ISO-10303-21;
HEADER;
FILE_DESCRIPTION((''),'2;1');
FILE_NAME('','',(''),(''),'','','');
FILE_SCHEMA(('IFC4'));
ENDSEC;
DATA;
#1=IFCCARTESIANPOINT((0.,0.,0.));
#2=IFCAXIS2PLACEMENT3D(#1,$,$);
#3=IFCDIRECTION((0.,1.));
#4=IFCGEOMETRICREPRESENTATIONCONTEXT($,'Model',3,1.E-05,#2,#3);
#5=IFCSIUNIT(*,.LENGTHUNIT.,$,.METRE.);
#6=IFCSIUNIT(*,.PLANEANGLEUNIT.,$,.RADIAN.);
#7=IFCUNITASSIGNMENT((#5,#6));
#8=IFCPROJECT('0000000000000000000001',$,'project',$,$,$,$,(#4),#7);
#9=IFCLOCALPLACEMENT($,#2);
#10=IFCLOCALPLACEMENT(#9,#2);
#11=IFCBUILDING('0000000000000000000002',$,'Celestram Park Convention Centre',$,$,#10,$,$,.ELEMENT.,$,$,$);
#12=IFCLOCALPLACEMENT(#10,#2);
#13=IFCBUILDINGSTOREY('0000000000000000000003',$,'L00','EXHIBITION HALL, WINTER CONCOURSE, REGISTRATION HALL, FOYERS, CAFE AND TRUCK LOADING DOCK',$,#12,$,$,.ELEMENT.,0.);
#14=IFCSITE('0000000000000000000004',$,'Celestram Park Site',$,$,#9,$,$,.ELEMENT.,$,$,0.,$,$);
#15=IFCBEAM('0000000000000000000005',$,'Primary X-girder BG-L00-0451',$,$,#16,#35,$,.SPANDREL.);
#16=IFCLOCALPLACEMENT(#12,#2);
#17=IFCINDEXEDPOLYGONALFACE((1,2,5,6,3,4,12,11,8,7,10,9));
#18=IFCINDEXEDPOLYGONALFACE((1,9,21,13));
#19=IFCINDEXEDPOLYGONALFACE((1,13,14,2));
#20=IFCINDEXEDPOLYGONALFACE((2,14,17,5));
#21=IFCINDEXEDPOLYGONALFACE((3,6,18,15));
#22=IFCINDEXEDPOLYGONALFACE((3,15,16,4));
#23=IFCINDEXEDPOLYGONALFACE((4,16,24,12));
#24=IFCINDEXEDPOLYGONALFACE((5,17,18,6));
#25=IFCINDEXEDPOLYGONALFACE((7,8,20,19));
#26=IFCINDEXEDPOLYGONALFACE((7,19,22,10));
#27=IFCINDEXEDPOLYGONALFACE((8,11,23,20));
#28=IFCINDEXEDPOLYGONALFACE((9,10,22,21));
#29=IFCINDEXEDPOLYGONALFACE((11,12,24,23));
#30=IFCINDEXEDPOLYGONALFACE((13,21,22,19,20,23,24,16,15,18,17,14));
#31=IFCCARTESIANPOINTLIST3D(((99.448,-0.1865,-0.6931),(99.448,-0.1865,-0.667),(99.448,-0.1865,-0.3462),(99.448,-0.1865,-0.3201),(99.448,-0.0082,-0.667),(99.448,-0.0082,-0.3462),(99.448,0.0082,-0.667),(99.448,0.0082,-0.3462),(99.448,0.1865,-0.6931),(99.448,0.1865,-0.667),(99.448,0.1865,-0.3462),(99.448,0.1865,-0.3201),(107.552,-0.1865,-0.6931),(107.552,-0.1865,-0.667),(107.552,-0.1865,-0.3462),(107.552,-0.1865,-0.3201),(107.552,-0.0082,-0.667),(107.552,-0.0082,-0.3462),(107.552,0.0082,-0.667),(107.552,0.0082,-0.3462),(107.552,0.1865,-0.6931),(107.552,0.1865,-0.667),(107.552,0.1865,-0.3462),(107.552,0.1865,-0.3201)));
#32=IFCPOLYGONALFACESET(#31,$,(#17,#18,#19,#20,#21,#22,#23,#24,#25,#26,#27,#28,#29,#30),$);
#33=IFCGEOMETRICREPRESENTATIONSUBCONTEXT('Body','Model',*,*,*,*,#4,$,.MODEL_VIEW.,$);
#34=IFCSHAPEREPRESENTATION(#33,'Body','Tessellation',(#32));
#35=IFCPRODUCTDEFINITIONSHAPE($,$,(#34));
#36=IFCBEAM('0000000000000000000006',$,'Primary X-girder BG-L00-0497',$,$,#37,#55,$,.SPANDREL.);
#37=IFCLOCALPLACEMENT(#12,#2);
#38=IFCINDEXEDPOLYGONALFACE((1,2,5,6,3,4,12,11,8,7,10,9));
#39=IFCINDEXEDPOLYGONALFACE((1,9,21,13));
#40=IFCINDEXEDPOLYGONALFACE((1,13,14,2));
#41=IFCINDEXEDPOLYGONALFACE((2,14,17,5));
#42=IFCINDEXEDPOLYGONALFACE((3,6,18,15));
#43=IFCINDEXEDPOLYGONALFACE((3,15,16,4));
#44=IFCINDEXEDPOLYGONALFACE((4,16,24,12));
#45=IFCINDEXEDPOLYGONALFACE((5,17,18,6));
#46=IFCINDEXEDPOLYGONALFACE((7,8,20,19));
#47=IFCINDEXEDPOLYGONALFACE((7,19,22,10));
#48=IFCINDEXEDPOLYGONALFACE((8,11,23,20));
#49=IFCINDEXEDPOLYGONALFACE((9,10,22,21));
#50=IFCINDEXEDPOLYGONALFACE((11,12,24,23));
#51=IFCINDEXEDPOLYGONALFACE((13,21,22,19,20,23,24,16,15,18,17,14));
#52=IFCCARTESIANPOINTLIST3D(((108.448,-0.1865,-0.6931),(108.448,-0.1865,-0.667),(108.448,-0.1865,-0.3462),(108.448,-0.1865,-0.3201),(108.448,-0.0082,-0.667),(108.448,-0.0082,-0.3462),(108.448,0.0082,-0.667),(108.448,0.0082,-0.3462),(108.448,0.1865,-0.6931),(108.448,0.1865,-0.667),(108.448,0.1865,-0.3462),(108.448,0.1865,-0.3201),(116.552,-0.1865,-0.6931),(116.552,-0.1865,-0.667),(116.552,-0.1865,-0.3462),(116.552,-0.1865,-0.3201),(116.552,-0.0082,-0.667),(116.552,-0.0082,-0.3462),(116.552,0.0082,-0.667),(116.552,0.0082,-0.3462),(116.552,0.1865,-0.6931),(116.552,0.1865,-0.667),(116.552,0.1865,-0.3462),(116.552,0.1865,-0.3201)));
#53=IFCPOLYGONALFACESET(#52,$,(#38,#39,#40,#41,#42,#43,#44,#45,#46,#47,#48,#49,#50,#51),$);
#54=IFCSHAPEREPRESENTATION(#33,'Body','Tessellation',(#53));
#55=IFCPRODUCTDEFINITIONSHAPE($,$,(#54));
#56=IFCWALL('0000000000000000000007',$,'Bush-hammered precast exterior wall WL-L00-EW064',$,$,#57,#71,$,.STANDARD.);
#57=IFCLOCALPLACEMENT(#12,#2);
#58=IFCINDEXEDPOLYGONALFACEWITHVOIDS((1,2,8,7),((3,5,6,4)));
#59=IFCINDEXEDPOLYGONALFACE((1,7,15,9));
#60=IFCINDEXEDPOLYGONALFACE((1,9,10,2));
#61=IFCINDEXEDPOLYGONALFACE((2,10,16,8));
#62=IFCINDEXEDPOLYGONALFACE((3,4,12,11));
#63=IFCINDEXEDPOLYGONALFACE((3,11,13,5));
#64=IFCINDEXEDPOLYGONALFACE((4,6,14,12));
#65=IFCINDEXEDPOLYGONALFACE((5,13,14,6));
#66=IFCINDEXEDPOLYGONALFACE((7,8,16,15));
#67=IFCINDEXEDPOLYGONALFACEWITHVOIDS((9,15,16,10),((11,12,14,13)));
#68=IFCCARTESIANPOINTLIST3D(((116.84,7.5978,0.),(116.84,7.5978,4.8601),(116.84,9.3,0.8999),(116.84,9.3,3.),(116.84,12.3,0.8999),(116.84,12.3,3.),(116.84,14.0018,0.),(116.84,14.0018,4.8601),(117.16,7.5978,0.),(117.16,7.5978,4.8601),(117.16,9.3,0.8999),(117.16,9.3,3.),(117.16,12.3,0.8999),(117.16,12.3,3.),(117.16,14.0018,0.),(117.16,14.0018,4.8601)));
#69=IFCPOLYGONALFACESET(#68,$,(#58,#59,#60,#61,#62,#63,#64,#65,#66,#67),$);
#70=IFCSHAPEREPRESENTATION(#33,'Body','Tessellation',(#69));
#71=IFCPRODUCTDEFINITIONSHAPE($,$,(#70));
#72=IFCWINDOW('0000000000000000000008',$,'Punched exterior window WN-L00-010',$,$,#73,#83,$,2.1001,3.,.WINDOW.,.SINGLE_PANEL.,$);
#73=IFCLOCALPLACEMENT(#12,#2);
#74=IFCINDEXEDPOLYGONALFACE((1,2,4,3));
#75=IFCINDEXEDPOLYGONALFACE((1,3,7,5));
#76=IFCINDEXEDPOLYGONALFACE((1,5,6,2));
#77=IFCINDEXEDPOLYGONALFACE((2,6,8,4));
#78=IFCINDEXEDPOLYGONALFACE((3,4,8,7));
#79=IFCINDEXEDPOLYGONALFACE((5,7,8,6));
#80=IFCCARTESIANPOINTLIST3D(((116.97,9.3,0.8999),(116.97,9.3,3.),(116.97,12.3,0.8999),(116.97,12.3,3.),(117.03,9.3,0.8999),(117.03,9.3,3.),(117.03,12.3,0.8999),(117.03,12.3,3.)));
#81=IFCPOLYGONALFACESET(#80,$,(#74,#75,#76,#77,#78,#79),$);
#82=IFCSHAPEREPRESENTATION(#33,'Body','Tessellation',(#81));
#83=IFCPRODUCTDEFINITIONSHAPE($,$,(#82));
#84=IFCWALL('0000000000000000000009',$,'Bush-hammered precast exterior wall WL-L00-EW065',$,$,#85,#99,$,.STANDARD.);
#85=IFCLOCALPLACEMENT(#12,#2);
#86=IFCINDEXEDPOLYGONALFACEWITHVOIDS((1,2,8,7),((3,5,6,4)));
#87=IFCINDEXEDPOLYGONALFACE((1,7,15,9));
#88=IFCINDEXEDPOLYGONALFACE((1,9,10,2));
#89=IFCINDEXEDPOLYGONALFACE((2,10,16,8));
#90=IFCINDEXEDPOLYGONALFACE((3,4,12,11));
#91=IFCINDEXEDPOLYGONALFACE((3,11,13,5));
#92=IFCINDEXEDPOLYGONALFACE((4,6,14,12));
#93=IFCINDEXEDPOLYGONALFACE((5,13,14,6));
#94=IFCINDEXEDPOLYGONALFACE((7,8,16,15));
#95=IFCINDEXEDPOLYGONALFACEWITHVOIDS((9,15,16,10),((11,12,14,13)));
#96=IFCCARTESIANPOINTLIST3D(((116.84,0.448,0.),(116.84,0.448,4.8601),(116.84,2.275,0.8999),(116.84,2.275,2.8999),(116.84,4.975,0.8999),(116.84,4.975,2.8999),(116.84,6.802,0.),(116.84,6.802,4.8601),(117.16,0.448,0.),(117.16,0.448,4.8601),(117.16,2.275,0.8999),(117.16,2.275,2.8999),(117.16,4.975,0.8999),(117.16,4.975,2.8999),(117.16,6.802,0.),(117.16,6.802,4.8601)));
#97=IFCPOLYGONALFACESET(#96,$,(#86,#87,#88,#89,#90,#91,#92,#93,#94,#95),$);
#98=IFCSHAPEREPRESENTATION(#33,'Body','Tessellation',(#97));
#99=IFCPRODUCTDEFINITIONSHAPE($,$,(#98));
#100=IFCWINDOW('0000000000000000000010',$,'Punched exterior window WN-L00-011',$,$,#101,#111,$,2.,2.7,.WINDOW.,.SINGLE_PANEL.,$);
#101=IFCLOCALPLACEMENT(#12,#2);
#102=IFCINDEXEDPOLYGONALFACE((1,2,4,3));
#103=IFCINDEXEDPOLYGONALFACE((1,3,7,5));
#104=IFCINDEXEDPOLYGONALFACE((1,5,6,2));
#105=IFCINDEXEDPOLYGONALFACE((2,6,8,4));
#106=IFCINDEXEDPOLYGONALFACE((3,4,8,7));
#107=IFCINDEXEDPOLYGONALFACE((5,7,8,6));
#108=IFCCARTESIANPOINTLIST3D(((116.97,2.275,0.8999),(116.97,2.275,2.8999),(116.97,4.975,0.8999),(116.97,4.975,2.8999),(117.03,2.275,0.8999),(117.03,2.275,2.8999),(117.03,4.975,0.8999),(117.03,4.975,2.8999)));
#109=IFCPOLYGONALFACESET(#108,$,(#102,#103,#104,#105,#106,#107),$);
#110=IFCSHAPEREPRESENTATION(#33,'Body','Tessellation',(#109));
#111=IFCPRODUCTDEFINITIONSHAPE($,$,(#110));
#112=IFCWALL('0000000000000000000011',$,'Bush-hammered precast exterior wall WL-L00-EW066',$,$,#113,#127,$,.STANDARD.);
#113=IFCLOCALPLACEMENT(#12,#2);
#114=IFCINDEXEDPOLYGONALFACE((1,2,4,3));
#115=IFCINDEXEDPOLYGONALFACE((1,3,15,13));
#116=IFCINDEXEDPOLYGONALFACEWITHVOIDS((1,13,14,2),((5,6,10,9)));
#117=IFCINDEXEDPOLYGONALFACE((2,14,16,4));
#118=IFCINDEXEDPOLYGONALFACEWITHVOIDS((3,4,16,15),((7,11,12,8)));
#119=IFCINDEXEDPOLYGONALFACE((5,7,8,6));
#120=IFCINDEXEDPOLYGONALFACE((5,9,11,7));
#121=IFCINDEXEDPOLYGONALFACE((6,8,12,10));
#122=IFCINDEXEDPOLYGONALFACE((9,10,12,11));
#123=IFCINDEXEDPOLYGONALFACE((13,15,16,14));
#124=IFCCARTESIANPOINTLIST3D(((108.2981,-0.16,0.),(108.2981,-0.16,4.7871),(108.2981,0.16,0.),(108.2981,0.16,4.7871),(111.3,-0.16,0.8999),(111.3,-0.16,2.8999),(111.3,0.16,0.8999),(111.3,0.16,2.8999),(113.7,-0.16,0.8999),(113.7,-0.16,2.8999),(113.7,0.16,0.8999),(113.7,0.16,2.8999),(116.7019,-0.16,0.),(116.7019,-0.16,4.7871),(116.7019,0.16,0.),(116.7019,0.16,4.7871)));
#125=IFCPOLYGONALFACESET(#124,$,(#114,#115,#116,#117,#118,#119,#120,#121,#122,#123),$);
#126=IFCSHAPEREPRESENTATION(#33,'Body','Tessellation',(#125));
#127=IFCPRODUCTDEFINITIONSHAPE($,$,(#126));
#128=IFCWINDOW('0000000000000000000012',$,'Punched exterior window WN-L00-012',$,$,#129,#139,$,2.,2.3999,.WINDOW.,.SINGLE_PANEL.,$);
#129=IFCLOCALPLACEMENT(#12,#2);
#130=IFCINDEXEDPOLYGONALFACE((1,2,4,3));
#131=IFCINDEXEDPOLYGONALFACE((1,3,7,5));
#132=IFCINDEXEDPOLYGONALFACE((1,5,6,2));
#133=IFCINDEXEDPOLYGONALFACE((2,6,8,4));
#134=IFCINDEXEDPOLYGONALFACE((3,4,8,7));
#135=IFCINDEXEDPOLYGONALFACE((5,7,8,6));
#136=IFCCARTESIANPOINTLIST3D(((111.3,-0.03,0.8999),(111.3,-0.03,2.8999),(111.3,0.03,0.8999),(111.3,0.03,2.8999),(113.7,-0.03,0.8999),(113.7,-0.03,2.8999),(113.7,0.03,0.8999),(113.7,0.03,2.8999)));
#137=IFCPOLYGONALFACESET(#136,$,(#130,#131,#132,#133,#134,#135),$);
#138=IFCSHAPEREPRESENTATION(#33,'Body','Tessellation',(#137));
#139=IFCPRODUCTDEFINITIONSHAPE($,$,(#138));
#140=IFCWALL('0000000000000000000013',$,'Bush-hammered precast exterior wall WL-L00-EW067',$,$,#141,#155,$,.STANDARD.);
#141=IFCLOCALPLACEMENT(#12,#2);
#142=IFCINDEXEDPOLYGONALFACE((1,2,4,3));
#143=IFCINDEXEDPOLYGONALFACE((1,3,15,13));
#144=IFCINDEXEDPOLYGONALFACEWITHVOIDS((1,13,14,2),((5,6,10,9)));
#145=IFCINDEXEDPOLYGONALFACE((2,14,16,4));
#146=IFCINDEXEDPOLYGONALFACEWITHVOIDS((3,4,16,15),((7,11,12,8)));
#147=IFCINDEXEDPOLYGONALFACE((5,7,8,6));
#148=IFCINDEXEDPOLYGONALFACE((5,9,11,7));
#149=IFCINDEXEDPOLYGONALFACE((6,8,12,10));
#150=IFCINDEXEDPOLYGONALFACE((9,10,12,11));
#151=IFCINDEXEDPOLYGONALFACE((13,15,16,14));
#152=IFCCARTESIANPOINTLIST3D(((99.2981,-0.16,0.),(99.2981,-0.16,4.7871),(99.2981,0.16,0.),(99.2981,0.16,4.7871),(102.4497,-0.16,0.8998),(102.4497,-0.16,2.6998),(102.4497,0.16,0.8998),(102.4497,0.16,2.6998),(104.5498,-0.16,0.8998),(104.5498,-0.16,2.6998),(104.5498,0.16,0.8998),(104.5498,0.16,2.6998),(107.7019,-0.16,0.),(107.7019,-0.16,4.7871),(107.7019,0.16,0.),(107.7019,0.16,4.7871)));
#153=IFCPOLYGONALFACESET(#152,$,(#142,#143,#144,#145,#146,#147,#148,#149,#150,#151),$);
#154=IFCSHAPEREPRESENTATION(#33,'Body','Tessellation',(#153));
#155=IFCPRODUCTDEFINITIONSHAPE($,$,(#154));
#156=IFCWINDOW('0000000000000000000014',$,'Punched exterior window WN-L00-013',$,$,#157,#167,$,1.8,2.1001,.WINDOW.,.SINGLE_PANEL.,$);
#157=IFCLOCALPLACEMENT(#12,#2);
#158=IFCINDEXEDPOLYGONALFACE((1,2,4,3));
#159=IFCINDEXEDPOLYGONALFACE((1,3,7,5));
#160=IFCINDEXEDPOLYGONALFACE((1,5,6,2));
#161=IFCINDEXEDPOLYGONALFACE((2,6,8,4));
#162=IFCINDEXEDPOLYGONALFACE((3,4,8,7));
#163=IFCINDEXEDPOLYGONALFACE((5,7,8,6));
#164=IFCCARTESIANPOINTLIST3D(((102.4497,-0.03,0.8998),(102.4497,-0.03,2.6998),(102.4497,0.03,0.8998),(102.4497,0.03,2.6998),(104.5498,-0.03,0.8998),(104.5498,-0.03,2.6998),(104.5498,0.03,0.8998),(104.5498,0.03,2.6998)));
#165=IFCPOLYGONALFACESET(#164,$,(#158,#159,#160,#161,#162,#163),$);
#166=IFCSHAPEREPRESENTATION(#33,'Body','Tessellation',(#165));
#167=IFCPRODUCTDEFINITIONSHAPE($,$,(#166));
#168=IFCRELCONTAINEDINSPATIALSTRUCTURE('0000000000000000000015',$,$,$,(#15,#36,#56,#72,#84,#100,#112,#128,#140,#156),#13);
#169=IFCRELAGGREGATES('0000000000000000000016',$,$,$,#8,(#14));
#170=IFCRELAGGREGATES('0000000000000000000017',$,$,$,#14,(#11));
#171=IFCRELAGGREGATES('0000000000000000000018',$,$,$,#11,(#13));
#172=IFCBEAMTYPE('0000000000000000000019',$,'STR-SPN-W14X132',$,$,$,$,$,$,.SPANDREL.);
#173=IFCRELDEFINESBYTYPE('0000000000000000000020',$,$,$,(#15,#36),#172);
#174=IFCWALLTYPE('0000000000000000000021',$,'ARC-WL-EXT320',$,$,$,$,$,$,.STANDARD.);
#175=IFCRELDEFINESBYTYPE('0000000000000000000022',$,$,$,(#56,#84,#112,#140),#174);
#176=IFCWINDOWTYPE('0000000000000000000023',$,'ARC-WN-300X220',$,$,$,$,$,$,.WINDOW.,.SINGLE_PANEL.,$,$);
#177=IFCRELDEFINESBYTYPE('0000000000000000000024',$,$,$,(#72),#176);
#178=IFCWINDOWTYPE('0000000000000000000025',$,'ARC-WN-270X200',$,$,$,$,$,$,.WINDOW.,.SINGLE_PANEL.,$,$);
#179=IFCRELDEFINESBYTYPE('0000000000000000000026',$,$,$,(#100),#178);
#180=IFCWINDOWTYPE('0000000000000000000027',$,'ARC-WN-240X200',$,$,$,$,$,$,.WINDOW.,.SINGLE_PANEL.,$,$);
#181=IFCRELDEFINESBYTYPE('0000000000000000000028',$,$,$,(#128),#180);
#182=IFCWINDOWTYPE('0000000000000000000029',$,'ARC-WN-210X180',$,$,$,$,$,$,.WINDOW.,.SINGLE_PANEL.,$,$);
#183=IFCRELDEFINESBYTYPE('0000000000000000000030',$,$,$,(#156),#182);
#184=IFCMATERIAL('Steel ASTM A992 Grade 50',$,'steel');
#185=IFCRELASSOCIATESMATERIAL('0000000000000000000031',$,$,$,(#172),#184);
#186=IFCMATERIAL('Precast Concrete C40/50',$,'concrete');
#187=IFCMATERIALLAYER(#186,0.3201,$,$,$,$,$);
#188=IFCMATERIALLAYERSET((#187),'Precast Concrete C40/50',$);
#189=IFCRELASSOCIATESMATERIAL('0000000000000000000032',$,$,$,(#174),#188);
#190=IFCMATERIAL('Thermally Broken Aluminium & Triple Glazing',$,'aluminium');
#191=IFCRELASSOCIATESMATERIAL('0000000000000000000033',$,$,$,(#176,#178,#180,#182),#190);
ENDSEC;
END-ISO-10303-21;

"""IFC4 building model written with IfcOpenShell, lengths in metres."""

from ifc_helpers import new_model, si_unit, direction, frame, frame_2d, origin, origin_2d, place, context, subcontext, project, spatial, rectangle, i_section, extrude, material, layer, layer_set, material_profile, profile_set, type_object, element, fill, save


model = new_model("IFC4")

# Units and contexts
model_context = context("Model", 3, precision=1e-05, world=origin(), true_north=direction((0.0, 1.0)))
body_context = subcontext(model_context, "Body", "Model", "MODEL_VIEW")
ifc_project = project(units=[si_unit("LENGTHUNIT", "METRE"), si_unit("PLANEANGLEUNIT", "RADIAN")], contexts=[model_context])

# Site, building, storey
site_placement = place(None, origin())
site = spatial("IfcSite", under=ifc_project, at=site_placement, Name="Celestram Park Site", CompositionType="ELEMENT", RefElevation=0.0)
building_placement = place(site_placement, origin())
building = spatial("IfcBuilding", under=site, at=building_placement, Name="Celestram Park Convention Centre", CompositionType="ELEMENT")
storey_placement = place(building_placement, origin())
storey = spatial("IfcBuildingStorey", under=building, at=storey_placement, Name="L00", Description="EXHIBITION HALL, WINTER CONCOURSE, REGISTRATION HALL, FOYERS, CAFE AND TRUCK LOADING DOCK", CompositionType="ELEMENT", Elevation=0.0)

# Beams
ifc_material_1 = material(Name="Steel ASTM A992 Grade 50", Category="steel")
ifc_material_profile_1 = material_profile(ifc_material_1, i_section(OverallWidth=0.373, OverallDepth=0.373, WebThickness=0.0164, FlangeThickness=0.0261, at=origin_2d()), Name="W14X132")
ifc_profile_set_1 = profile_set([ifc_material_profile_1], Name="Steel ASTM A992 Grade 50")
beam_type_1 = type_object("IfcBeamType", Name="STR-SPN-W14X132", PredefinedType="SPANDREL", material=ifc_profile_set_1)
for number, where, z_axis, x_axis, name in (
    (1, (99.448, 0.0, -0.5066), (1.0, 0.0, 0.0), (0.0, 1.0, 0.0), "Primary X-girder BG-L00-0451"),
    (2, (108.448, 0.0, -0.5066), (1.0, 0.0, 0.0), (0.0, 1.0, 0.0), "Primary X-girder BG-L00-0497"),
):
    element("IfcBeam", number, at=place(storey_placement, frame(where, z_axis=z_axis, x_axis=x_axis)), inside=storey, type_object=beam_type_1, Name=name, PredefinedType="SPANDREL", context=body_context, shape_type="SweptSolid", body=[
        extrude(i_section(OverallWidth=0.373, OverallDepth=0.373, WebThickness=0.0164, FlangeThickness=0.0261, at=origin_2d()), origin(), (0.0, 0.0, 1.0), 8.104),
    ])

# Walls, openings, windows
ifc_material_2 = material(Name="Precast Concrete C40/50", Category="concrete")
ifc_layer = layer(ifc_material_2, 0.3201)
ifc_layer_set = layer_set([ifc_layer], Name="Precast Concrete C40/50")
wall_type = type_object("IfcWallType", Name="ARC-WL-EXT320", PredefinedType="STANDARD", material=ifc_layer_set)
wall_1_placement = place(storey_placement, frame((117.0, 14.002, 0.0), z_axis=(0.0, 0.0, 1.0), x_axis=(0.0, -1.0, 0.0)))
wall_1 = element("IfcWall", 3, at=wall_1_placement, inside=storey, type_object=wall_type, Name="Bush-hammered precast exterior wall WL-L00-EW064", PredefinedType="STANDARD", context=body_context, shape_type="SweptSolid", body=[
    extrude(rectangle(XDim=6.4041, YDim=0.3201, at=frame_2d((3.2021, 0.0))), origin(), (0.0, 0.0, 1.0), 4.8601),
])
opening_1_placement = place(wall_1_placement, frame((1.7019, 0.0, 0.8999)))
opening_1 = element("IfcOpeningElement", 4, at=opening_1_placement, cuts=wall_1, PredefinedType="OPENING", context=body_context, shape_type="SweptSolid", body=[
    extrude(rectangle(XDim=3.0, YDim=2.1001, at=frame_2d((1.5, 1.05))), frame((0.0, 0.1699, 0.0), z_axis=(0.0, -1.0, 0.0), x_axis=(1.0, 0.0, 0.0)), (0.0, 0.0, 1.0), 0.3401),
])
ifc_material_3 = material(Name="Thermally Broken Aluminium & Triple Glazing", Category="aluminium")
window_type_1 = type_object("IfcWindowType", Name="ARC-WN-300X220", PartitioningType="SINGLE_PANEL", PredefinedType="WINDOW", material=ifc_material_3)
window_1_placement = place(opening_1_placement, origin())
window_1 = element("IfcWindow", 5, at=window_1_placement, inside=storey, type_object=window_type_1, Name="Punched exterior window WN-L00-010", OverallHeight=2.1001, OverallWidth=3.0, PartitioningType="SINGLE_PANEL", PredefinedType="WINDOW", context=body_context, shape_type="SweptSolid", body=[
    extrude(rectangle(XDim=3.0, YDim=2.1001, at=frame_2d((1.5, 1.05))), frame((0.0, 0.03, 0.0), z_axis=(0.0, -1.0, 0.0), x_axis=(1.0, 0.0, 0.0)), (0.0, 0.0, 1.0), 0.0601),
])
fill(opening_1, window_1)
wall_2_placement = place(storey_placement, frame((117.0, 6.802, 0.0), z_axis=(0.0, 0.0, 1.0), x_axis=(0.0, -1.0, 0.0)))
wall_2 = element("IfcWall", 6, at=wall_2_placement, inside=storey, type_object=wall_type, Name="Bush-hammered precast exterior wall WL-L00-EW065", PredefinedType="STANDARD", context=body_context, shape_type="SweptSolid", body=[
    extrude(rectangle(XDim=6.354, YDim=0.3201, at=frame_2d((3.177, 0.0))), origin(), (0.0, 0.0, 1.0), 4.8601),
])
opening_2_placement = place(wall_2_placement, frame((1.8269, 0.0, 0.8999)))
opening_2 = element("IfcOpeningElement", 7, at=opening_2_placement, cuts=wall_2, PredefinedType="OPENING", context=body_context, shape_type="SweptSolid", body=[
    extrude(rectangle(XDim=2.7, YDim=2.0, at=frame_2d((1.3501, 1.0))), frame((0.0, 0.1699, 0.0), z_axis=(0.0, -1.0, 0.0), x_axis=(1.0, 0.0, 0.0)), (0.0, 0.0, 1.0), 0.3401),
])
window_type_2 = type_object("IfcWindowType", Name="ARC-WN-270X200", PartitioningType="SINGLE_PANEL", PredefinedType="WINDOW", material=ifc_material_3)
window_2_placement = place(opening_2_placement, origin())
window_2 = element("IfcWindow", 8, at=window_2_placement, inside=storey, type_object=window_type_2, Name="Punched exterior window WN-L00-011", OverallHeight=2.0, OverallWidth=2.7, PartitioningType="SINGLE_PANEL", PredefinedType="WINDOW", context=body_context, shape_type="SweptSolid", body=[
    extrude(rectangle(XDim=2.7, YDim=2.0, at=frame_2d((1.3501, 1.0))), frame((0.0, 0.03, 0.0), z_axis=(0.0, -1.0, 0.0), x_axis=(1.0, 0.0, 0.0)), (0.0, 0.0, 1.0), 0.0601),
])
fill(opening_2, window_2)
wall_3_placement = place(storey_placement, frame((116.7019, 0.0, 0.0), z_axis=(0.0, 0.0, 1.0), x_axis=(-1.0, 0.0, 0.0)))
wall_3 = element("IfcWall", 9, at=wall_3_placement, inside=storey, type_object=wall_type, Name="Bush-hammered precast exterior wall WL-L00-EW066", PredefinedType="STANDARD", context=body_context, shape_type="SweptSolid", body=[
    extrude(rectangle(XDim=8.4038, YDim=0.3201, at=frame_2d((4.2019, 0.0))), origin(), (0.0, 0.0, 1.0), 4.7871),
])
opening_3_placement = place(wall_3_placement, frame((3.002, 0.0, 0.8999)))
opening_3 = element("IfcOpeningElement", 10, at=opening_3_placement, cuts=wall_3, PredefinedType="OPENING", context=body_context, shape_type="SweptSolid", body=[
    extrude(rectangle(XDim=2.3999, YDim=2.0, at=frame_2d((1.2, 1.0))), frame((0.0, 0.1699, 0.0), z_axis=(0.0, -1.0, 0.0), x_axis=(1.0, 0.0, 0.0)), (0.0, 0.0, 1.0), 0.3401),
])
window_type_3 = type_object("IfcWindowType", Name="ARC-WN-240X200", PartitioningType="SINGLE_PANEL", PredefinedType="WINDOW", material=ifc_material_3)
window_3_placement = place(opening_3_placement, origin())
window_3 = element("IfcWindow", 11, at=window_3_placement, inside=storey, type_object=window_type_3, Name="Punched exterior window WN-L00-012", OverallHeight=2.0, OverallWidth=2.3999, PartitioningType="SINGLE_PANEL", PredefinedType="WINDOW", context=body_context, shape_type="SweptSolid", body=[
    extrude(rectangle(XDim=2.3999, YDim=2.0, at=frame_2d((1.2, 1.0))), frame((0.0, 0.03, 0.0), z_axis=(0.0, -1.0, 0.0), x_axis=(1.0, 0.0, 0.0)), (0.0, 0.0, 1.0), 0.0601),
])
fill(opening_3, window_3)
wall_4_placement = place(storey_placement, frame((107.7019, 0.0, 0.0), z_axis=(0.0, 0.0, 1.0), x_axis=(-1.0, 0.0, 0.0)))
wall_4 = element("IfcWall", 12, at=wall_4_placement, inside=storey, type_object=wall_type, Name="Bush-hammered precast exterior wall WL-L00-EW067", PredefinedType="STANDARD", context=body_context, shape_type="SweptSolid", body=[
    extrude(rectangle(XDim=8.4038, YDim=0.3201, at=frame_2d((4.2019, 0.0))), origin(), (0.0, 0.0, 1.0), 4.7871),
])
opening_4_placement = place(wall_4_placement, frame((3.1521, 0.0, 0.8999)))
opening_4 = element("IfcOpeningElement", 13, at=opening_4_placement, cuts=wall_4, PredefinedType="OPENING", context=body_context, shape_type="SweptSolid", body=[
    extrude(rectangle(XDim=2.1001, YDim=1.8, at=frame_2d((1.05, 0.8999))), frame((0.0, 0.1699, 0.0), z_axis=(0.0, -1.0, 0.0), x_axis=(1.0, 0.0, 0.0)), (0.0, 0.0, 1.0), 0.3401),
])
window_type_4 = type_object("IfcWindowType", Name="ARC-WN-210X180", PartitioningType="SINGLE_PANEL", PredefinedType="WINDOW", material=ifc_material_3)
window_4_placement = place(opening_4_placement, origin())
window_4 = element("IfcWindow", 14, at=window_4_placement, inside=storey, type_object=window_type_4, Name="Punched exterior window WN-L00-013", OverallHeight=1.8, OverallWidth=2.1001, PartitioningType="SINGLE_PANEL", PredefinedType="WINDOW", context=body_context, shape_type="SweptSolid", body=[
    extrude(rectangle(XDim=2.1001, YDim=1.8, at=frame_2d((1.05, 0.8999))), frame((0.0, 0.03, 0.0), z_axis=(0.0, -1.0, 0.0), x_axis=(1.0, 0.0, 0.0)), (0.0, 0.0, 1.0), 0.0601),
])
fill(opening_4, window_4)

save(model, "model.ifc")
